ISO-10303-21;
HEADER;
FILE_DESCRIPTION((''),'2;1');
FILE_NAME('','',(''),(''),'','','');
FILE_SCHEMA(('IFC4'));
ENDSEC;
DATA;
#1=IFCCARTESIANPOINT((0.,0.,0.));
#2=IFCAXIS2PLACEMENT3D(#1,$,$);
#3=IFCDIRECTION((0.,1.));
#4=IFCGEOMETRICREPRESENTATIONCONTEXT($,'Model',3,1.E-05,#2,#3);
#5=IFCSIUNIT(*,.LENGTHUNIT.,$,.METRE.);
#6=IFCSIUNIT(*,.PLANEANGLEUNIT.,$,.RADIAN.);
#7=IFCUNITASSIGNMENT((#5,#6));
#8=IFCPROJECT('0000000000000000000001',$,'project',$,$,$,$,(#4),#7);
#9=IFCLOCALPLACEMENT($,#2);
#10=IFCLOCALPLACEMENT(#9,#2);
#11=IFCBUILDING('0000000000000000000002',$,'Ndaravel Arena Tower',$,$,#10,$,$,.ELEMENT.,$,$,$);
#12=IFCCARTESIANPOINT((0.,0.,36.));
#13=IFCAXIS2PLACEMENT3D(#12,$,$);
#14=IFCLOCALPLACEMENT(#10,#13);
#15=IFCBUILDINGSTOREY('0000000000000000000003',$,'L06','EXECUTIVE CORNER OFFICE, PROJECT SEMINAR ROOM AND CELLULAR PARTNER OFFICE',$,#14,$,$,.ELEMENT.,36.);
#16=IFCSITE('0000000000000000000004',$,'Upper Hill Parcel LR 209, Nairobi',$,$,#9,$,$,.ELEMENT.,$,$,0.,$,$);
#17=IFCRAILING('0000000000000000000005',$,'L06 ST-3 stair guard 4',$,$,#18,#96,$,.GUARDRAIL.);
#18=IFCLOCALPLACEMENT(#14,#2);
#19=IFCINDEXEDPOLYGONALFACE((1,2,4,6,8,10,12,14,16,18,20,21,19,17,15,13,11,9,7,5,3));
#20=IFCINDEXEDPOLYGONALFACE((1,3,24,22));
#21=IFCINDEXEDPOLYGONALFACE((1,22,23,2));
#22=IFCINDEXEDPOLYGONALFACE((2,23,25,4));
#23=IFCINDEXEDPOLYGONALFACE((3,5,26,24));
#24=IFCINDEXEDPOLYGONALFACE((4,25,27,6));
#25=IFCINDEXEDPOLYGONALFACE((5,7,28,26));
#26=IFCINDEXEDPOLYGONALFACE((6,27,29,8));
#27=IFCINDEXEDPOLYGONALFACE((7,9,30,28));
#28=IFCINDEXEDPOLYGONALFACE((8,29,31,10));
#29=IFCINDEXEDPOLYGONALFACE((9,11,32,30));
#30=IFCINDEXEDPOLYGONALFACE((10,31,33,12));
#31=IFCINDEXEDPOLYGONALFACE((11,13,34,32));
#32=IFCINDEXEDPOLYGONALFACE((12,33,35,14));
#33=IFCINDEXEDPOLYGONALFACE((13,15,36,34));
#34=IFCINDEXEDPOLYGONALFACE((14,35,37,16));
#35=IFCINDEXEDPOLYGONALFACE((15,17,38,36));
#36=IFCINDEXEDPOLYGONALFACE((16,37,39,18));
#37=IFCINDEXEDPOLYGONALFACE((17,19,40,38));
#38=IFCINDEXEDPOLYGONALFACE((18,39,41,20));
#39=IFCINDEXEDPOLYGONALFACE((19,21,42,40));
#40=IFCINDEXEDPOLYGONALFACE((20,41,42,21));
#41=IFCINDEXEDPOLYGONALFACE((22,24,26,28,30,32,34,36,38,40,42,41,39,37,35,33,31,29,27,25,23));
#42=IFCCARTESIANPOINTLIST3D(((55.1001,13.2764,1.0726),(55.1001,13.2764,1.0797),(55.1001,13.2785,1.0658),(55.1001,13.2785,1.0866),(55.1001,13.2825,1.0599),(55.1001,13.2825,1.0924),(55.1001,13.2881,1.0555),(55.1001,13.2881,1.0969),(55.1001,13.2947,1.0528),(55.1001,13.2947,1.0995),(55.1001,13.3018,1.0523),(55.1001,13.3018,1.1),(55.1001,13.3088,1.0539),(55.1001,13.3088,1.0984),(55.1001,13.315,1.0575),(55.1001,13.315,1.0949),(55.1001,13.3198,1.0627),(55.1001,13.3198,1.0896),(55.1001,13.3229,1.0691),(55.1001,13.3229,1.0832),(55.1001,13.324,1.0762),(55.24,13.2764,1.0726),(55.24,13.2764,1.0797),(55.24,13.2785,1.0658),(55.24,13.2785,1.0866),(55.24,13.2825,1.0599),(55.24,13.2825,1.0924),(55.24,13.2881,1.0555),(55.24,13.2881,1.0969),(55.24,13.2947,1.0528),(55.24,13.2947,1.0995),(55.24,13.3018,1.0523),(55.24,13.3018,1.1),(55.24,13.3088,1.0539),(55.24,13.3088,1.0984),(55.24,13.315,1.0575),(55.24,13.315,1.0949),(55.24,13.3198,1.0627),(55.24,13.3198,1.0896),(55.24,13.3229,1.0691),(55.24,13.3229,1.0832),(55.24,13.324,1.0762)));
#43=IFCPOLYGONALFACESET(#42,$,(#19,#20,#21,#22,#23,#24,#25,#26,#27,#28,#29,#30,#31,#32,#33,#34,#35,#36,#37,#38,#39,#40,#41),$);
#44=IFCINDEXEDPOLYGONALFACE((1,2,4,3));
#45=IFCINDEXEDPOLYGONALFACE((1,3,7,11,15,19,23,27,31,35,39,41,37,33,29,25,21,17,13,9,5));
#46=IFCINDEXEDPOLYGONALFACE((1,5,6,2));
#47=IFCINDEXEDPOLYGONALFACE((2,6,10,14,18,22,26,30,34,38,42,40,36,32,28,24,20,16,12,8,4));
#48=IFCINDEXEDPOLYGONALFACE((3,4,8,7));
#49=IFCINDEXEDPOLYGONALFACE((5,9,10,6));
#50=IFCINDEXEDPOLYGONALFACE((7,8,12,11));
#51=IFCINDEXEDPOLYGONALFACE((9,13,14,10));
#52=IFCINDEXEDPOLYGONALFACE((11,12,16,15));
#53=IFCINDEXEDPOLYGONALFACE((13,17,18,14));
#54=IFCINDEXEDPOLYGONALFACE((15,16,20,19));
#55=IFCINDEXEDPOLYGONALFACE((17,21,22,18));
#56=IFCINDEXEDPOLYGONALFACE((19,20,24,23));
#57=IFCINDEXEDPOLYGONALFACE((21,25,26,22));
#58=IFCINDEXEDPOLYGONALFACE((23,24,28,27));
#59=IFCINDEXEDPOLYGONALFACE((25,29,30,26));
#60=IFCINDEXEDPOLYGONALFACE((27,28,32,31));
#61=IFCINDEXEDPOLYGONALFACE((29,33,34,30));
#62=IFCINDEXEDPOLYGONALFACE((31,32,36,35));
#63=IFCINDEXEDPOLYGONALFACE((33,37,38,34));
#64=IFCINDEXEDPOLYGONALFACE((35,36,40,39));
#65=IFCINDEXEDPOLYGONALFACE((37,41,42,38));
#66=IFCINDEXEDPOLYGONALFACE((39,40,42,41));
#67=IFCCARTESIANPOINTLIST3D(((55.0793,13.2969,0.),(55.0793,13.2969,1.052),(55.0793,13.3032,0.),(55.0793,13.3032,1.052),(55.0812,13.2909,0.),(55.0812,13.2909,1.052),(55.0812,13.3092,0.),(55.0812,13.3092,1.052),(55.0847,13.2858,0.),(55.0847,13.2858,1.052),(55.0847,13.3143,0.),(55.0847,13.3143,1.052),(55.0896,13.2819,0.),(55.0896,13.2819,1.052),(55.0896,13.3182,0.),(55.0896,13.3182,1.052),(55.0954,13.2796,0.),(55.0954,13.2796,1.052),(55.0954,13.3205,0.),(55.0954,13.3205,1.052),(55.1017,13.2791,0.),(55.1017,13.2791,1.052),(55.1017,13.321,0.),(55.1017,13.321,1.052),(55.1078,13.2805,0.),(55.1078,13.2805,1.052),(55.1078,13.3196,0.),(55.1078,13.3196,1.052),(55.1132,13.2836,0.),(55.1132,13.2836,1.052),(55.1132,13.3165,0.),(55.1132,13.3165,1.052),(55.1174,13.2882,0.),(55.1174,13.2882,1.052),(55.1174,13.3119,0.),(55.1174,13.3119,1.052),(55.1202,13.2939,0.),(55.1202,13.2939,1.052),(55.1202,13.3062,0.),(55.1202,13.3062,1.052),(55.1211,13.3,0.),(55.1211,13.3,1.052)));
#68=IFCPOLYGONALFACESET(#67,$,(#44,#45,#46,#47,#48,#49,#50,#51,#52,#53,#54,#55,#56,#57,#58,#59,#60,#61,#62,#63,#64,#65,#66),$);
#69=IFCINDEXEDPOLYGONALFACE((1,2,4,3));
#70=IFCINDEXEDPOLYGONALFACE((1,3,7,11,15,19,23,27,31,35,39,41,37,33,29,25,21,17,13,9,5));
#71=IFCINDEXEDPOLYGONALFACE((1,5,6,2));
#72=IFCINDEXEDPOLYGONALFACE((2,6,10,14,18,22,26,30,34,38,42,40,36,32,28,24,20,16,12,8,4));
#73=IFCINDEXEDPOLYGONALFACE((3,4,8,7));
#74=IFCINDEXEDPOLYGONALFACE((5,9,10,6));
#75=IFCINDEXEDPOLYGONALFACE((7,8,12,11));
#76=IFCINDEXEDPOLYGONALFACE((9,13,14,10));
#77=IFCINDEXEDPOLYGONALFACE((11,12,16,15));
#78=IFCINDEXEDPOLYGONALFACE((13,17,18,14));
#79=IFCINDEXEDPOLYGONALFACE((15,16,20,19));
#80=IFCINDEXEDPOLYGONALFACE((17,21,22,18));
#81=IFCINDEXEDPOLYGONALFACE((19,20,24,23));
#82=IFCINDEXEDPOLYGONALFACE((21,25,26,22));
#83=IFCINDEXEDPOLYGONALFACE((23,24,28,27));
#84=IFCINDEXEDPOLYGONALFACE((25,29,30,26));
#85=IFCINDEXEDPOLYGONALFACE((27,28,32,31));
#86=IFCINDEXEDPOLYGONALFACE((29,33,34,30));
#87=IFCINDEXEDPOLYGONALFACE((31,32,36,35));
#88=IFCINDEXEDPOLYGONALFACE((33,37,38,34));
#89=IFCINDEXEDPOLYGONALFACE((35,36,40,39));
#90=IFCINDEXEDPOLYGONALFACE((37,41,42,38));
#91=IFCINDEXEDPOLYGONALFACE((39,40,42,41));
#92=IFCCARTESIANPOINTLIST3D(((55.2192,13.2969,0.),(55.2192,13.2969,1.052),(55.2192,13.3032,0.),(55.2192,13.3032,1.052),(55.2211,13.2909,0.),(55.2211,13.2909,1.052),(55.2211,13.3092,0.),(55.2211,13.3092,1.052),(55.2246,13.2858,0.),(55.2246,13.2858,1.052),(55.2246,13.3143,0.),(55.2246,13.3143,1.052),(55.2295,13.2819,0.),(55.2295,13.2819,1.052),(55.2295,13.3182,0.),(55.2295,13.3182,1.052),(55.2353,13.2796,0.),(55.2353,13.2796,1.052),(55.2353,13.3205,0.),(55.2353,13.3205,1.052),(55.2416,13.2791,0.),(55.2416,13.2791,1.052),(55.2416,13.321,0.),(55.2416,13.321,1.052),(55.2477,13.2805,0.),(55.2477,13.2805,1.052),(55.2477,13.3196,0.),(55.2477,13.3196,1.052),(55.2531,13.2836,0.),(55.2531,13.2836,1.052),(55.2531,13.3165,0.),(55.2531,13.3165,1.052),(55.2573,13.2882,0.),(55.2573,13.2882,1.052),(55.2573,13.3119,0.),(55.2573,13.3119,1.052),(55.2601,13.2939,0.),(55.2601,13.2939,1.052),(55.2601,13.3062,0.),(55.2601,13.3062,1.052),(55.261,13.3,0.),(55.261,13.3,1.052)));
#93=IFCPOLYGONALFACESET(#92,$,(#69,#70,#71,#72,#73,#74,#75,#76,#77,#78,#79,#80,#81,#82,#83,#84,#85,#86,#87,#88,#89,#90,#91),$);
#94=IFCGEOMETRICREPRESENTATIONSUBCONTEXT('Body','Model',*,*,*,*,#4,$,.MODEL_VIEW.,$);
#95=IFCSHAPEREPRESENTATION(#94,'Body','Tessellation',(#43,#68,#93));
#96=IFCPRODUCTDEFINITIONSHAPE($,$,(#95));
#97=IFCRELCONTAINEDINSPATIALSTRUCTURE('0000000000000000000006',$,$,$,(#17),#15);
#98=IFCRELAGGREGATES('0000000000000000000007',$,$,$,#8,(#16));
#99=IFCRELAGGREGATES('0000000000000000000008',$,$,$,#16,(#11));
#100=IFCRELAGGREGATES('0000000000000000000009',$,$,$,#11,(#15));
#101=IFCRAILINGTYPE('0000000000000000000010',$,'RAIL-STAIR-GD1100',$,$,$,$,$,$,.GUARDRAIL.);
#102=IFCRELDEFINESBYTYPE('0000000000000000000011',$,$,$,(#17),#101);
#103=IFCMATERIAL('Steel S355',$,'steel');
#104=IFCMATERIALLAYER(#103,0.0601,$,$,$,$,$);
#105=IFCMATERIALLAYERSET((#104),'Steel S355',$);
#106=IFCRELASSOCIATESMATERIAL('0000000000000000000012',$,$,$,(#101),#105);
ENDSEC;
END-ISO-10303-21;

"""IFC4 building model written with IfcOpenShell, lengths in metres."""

from ifc_helpers import new_model, si_unit, direction, frame, origin, origin_2d, place, context, subcontext, project, spatial, circle, extrude, material, layer, layer_set, type_object, element, save


model = new_model("IFC4")

# Units and contexts
model_context = context("Model", 3, precision=1e-05, world=origin(), true_north=direction((0.0, 1.0)))
body_context = subcontext(model_context, "Body", "Model", "MODEL_VIEW")
ifc_project = project(units=[si_unit("LENGTHUNIT", "METRE"), si_unit("PLANEANGLEUNIT", "RADIAN")], contexts=[model_context])

# Site, building, storey
site_placement = place(None, origin())
site = spatial("IfcSite", under=ifc_project, at=site_placement, Name="Upper Hill Parcel LR 209, Nairobi", CompositionType="ELEMENT", RefElevation=0.0)
building_placement = place(site_placement, origin())
building = spatial("IfcBuilding", under=site, at=building_placement, Name="Ndaravel Arena Tower", CompositionType="ELEMENT")
storey_placement = place(building_placement, frame((0.0, 0.0, 36.0)))
storey = spatial("IfcBuildingStorey", under=building, at=storey_placement, Name="L06", Description="EXECUTIVE CORNER OFFICE, PROJECT SEMINAR ROOM AND CELLULAR PARTNER OFFICE", CompositionType="ELEMENT", Elevation=36.0)

# Railing
ifc_material_1 = material(Name="Steel S355", Category="steel")
ifc_layer_1 = layer(ifc_material_1, 0.0601)
ifc_layer_set_1 = layer_set([ifc_layer_1], Name="Steel S355")
railing_type_1 = type_object("IfcRailingType", Name="RAIL-STAIR-GD1100", PredefinedType="GUARDRAIL", material=ifc_layer_set_1)
railing_1_placement = place(storey_placement, frame((55.1001, 13.3, 0.0)))
element("IfcRailing", 1, at=railing_1_placement, inside=storey, type_object=railing_type_1, Name="L06 ST-3 stair guard 4", PredefinedType="GUARDRAIL", context=body_context, shape_type="SweptSolid", body=[
    extrude(circle(Radius=0.0239, at=origin_2d()), frame((0.0, 0.0, 1.0762), z_axis=(1.0, 0.0, 0.0), x_axis=(0.0, 1.0, 0.0)), (0.0, 0.0, 1.0), 0.1399),
    extrude(circle(Radius=0.021, at=origin_2d()), origin(), (0.0, 0.0, 1.0), 1.052),
    extrude(circle(Radius=0.021, at=origin_2d()), frame((0.1399, 0.0, 0.0)), (0.0, 0.0, 1.0), 1.052),
])

save(model, "model.ifc")
